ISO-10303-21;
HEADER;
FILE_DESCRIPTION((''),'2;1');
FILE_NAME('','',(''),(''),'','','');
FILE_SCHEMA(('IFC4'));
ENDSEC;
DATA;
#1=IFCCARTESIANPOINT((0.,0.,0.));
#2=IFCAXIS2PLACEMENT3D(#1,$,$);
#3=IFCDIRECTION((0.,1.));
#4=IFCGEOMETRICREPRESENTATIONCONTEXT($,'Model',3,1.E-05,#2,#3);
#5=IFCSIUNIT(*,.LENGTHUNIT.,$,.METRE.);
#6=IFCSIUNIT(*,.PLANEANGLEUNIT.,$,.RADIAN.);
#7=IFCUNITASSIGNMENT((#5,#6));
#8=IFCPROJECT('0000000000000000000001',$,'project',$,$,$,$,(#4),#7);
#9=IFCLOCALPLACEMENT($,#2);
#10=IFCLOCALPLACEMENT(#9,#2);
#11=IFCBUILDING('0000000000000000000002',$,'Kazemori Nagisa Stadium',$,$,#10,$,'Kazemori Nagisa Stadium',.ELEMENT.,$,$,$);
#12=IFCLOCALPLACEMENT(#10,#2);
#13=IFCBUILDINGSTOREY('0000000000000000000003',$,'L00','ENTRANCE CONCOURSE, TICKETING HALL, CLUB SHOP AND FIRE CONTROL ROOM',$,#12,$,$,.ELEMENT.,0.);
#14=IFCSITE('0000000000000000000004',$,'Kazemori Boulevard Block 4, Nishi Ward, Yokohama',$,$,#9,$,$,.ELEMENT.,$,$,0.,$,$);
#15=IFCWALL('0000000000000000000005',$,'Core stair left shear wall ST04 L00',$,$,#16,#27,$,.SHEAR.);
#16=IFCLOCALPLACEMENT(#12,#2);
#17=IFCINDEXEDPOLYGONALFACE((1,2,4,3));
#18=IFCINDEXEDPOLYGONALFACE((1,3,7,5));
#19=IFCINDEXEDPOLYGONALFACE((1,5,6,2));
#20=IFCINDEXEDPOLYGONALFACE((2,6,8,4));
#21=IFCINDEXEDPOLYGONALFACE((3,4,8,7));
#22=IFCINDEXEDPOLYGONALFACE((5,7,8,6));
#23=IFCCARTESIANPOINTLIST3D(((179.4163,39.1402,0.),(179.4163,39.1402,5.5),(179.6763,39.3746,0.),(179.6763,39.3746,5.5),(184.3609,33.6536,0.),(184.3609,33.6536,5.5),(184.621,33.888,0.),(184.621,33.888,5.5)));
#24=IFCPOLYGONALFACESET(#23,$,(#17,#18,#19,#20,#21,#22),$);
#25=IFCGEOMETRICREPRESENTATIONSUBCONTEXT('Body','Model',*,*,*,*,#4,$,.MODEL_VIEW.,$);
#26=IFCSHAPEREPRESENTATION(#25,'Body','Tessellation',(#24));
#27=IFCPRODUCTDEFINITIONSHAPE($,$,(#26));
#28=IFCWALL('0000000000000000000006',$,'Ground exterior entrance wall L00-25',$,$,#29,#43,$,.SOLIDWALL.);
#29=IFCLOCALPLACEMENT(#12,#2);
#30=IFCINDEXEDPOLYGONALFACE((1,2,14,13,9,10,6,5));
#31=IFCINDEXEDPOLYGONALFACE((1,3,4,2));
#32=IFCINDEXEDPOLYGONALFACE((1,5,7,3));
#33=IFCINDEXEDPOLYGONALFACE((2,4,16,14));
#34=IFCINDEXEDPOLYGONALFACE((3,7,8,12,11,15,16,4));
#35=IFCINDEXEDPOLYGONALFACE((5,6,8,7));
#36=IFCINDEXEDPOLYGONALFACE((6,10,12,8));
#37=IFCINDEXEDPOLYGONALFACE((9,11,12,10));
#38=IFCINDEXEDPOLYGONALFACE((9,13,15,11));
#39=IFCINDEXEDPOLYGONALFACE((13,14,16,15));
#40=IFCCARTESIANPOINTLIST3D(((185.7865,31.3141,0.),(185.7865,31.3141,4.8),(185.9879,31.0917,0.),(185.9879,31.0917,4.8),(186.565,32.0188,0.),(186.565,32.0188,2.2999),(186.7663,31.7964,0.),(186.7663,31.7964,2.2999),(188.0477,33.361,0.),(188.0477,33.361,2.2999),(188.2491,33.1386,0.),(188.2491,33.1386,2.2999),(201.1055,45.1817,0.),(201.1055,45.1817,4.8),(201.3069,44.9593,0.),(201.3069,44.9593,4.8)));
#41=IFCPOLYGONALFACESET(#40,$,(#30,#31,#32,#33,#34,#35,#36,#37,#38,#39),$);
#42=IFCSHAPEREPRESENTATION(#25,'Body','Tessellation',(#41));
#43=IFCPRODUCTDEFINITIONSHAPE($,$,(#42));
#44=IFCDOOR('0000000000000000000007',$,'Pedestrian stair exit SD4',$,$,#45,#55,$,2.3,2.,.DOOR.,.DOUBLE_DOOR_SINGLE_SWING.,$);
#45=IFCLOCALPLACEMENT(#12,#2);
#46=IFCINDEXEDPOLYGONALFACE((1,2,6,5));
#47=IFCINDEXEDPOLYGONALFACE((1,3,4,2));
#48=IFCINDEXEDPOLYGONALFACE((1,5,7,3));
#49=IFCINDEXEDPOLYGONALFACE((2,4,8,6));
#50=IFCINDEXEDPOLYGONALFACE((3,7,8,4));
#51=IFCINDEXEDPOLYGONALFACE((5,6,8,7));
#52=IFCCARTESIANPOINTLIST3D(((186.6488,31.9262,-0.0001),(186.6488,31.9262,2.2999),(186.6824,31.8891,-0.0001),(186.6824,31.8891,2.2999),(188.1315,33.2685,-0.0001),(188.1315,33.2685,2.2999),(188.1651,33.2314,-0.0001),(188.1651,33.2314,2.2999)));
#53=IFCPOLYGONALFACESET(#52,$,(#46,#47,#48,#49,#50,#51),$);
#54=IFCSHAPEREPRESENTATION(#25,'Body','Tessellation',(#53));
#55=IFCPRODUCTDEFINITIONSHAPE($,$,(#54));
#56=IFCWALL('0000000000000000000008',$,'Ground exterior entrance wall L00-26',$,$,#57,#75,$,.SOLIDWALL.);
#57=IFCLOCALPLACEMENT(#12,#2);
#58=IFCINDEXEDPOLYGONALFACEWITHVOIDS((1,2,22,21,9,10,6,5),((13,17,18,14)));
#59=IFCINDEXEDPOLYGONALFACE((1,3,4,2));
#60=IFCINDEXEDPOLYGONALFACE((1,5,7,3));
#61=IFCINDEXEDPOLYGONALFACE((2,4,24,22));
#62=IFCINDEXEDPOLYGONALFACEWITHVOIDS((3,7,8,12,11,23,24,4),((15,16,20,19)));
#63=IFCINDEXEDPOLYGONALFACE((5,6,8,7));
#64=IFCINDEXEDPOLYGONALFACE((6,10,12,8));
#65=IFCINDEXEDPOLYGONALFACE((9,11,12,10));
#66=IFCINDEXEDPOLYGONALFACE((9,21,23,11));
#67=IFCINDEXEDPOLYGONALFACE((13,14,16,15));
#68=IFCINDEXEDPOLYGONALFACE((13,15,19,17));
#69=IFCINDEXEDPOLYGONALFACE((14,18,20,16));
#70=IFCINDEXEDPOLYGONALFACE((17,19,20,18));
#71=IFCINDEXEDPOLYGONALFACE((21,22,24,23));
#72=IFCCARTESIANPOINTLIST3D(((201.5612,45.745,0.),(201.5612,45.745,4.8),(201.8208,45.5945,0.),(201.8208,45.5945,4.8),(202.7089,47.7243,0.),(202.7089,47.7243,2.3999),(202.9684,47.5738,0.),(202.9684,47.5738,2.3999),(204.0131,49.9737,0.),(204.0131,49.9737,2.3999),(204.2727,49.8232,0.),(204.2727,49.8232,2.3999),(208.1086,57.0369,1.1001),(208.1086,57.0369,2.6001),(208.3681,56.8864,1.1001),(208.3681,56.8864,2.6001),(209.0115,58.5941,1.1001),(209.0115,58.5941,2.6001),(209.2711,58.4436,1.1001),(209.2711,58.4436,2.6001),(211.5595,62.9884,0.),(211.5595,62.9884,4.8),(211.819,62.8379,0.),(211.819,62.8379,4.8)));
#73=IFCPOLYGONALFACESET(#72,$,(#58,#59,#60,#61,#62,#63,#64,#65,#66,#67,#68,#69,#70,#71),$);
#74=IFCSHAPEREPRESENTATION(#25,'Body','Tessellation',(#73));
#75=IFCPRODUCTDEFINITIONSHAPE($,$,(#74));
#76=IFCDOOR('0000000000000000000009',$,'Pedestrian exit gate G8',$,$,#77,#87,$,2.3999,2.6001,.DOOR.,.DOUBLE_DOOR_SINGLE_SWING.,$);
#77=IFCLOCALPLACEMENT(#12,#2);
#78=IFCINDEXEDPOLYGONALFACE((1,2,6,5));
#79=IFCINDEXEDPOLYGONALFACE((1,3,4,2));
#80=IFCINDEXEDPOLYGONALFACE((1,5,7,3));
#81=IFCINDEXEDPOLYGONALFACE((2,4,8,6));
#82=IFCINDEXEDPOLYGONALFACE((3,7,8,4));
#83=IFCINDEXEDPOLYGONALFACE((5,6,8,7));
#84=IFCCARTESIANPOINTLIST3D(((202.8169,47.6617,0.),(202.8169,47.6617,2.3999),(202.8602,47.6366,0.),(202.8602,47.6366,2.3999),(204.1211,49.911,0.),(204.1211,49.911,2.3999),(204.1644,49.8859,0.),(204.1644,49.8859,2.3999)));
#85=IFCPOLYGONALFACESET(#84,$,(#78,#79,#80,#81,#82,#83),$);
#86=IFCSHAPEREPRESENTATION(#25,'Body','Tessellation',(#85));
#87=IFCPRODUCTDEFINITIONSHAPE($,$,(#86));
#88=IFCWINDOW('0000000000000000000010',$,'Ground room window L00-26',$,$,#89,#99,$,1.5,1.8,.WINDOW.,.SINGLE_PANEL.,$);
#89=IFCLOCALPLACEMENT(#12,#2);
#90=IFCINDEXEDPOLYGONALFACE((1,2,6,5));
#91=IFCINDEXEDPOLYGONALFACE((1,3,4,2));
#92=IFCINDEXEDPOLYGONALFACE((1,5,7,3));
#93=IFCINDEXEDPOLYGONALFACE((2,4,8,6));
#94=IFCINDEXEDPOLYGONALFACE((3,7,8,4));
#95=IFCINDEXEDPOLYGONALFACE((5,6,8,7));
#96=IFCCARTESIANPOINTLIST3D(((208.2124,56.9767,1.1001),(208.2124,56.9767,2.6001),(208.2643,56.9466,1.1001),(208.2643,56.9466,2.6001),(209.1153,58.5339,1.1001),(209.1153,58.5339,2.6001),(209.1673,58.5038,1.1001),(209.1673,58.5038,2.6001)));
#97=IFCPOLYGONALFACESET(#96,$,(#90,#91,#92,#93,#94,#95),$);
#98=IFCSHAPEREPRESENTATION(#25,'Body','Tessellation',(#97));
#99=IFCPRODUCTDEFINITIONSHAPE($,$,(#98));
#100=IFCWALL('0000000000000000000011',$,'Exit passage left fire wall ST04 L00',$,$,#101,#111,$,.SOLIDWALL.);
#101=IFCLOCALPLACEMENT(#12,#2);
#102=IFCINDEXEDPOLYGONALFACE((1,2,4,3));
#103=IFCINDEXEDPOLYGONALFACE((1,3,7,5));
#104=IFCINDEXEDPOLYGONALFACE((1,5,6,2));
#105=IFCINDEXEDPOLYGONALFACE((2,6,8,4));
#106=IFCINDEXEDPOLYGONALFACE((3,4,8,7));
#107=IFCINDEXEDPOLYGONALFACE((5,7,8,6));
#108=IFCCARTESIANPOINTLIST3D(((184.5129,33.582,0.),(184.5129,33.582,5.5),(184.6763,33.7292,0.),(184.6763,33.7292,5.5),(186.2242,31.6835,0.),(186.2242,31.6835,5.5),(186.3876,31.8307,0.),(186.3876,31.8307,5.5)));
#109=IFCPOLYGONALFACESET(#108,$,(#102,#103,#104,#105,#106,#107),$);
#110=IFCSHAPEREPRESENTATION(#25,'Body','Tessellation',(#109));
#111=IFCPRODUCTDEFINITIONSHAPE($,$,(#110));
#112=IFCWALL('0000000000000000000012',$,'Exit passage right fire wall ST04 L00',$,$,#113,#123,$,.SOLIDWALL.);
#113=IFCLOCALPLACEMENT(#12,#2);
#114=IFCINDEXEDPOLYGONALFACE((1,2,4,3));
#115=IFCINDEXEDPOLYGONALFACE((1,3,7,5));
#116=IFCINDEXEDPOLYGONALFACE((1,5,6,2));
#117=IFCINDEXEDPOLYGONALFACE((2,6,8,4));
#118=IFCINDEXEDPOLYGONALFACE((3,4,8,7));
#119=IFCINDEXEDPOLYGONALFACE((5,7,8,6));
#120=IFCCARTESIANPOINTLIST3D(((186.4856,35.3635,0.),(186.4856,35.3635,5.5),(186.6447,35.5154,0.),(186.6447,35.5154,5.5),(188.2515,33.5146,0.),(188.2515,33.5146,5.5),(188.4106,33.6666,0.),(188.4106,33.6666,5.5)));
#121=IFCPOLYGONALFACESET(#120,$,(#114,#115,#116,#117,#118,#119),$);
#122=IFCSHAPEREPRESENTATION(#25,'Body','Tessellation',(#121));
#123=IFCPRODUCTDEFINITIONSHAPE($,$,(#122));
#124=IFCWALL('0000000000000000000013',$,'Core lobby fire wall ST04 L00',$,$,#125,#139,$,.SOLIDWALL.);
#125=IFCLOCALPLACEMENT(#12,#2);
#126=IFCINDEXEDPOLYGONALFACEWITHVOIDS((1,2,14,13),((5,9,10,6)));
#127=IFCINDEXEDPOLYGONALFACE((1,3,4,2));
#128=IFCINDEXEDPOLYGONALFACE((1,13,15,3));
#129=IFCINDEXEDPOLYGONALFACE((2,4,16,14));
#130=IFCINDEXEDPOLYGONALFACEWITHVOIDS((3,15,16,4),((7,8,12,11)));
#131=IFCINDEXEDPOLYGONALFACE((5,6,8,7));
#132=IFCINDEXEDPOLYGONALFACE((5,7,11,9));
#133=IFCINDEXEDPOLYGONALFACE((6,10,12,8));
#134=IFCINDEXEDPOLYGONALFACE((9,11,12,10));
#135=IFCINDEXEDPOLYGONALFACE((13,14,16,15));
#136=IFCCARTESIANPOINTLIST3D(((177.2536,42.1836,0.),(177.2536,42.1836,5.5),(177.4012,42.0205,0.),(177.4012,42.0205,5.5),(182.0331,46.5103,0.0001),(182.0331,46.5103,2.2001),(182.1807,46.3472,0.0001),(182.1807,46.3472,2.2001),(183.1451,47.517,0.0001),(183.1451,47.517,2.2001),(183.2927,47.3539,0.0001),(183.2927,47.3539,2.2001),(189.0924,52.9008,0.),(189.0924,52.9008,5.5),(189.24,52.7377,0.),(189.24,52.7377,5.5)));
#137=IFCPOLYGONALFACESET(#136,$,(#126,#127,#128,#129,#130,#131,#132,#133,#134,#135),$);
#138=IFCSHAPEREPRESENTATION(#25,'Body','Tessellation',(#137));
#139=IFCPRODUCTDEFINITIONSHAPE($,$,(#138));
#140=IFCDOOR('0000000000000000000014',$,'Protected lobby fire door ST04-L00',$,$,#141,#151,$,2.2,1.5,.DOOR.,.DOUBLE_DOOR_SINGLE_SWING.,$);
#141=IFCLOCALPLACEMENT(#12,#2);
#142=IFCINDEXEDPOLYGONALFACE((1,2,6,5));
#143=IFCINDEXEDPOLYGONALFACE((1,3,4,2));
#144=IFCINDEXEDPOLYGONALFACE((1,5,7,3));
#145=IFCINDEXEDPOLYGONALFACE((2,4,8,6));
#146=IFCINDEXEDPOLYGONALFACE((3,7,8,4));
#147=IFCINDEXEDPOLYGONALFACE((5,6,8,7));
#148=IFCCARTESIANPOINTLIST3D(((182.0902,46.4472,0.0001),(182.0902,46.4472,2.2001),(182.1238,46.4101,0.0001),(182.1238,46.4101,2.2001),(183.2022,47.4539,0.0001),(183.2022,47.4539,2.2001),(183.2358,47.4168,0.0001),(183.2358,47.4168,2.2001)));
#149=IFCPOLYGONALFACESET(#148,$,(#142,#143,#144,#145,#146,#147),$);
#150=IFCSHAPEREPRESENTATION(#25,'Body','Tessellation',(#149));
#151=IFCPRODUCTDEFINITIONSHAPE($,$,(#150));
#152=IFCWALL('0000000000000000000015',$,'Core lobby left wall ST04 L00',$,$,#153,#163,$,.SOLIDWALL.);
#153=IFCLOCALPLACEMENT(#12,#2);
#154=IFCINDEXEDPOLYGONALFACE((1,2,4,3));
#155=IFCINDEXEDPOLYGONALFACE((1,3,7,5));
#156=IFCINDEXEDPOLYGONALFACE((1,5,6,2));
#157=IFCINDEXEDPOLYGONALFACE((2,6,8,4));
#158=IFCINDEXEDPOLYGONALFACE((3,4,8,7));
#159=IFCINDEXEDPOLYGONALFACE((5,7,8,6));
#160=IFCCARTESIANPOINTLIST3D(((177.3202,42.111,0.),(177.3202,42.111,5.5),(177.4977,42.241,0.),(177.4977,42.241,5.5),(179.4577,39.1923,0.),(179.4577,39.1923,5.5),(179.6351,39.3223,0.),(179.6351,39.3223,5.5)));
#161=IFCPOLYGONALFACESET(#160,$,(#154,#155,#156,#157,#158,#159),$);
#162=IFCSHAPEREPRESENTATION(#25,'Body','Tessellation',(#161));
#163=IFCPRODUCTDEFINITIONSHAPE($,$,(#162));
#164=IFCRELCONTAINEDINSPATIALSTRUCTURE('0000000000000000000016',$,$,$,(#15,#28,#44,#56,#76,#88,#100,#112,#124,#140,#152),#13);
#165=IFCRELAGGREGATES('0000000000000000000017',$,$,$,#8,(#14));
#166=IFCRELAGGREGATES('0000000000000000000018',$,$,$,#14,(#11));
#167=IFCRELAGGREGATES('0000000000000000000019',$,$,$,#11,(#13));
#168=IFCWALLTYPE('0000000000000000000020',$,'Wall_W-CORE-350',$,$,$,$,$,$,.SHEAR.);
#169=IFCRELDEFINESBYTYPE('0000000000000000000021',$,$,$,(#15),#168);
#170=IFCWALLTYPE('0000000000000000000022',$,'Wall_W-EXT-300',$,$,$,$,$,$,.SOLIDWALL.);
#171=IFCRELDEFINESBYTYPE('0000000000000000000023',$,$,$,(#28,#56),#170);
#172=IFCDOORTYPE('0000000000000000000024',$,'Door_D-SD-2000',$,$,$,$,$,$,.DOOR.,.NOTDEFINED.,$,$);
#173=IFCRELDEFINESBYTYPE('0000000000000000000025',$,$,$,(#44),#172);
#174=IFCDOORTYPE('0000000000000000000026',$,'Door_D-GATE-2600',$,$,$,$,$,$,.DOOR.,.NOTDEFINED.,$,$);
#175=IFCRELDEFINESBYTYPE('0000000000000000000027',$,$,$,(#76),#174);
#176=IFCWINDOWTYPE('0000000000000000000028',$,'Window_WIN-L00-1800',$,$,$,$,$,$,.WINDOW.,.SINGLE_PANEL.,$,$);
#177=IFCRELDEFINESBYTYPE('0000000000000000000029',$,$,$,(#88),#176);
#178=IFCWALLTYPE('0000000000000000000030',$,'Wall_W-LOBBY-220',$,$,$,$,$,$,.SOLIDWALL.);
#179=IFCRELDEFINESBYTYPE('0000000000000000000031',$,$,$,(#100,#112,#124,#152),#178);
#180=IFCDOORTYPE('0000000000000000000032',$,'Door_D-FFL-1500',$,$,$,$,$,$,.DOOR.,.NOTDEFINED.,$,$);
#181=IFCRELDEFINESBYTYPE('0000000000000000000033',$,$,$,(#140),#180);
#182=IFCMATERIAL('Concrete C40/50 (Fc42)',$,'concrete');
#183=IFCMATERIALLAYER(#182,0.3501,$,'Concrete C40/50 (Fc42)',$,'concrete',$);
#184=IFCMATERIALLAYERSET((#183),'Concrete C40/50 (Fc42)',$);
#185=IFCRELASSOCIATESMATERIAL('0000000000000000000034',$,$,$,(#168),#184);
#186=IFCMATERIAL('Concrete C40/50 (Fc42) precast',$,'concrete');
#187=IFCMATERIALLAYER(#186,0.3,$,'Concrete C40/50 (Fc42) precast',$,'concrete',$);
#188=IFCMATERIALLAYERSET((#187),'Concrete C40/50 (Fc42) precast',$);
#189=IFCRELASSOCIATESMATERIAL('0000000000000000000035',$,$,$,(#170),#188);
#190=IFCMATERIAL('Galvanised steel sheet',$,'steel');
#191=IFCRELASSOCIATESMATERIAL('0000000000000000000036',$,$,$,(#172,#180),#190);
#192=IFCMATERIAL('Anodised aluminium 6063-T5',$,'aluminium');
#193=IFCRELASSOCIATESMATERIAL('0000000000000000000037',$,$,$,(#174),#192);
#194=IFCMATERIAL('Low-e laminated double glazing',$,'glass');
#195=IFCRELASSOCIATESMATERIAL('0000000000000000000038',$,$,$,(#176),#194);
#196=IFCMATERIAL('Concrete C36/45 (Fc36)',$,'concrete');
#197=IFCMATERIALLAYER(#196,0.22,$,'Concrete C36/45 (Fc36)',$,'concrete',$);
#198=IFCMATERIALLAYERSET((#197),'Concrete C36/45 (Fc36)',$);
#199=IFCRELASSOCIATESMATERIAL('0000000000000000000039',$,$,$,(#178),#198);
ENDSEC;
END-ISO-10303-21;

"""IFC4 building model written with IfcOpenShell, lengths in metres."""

from ifc_helpers import new_model, si_unit, direction, frame, frame_2d, origin, place, context, subcontext, project, spatial, rectangle, extrude, material, layer, layer_set, type_object, element, fill, save


model = new_model("IFC4")

# Units and contexts
model_context = context("Model", 3, precision=1e-05, world=origin(), true_north=direction((0.0, 1.0)))
body_context = subcontext(model_context, "Body", "Model", "MODEL_VIEW")
ifc_project = project(units=[si_unit("LENGTHUNIT", "METRE"), si_unit("PLANEANGLEUNIT", "RADIAN")], contexts=[model_context])

# Site, building, storey
site_placement = place(None, origin())
site = spatial("IfcSite", under=ifc_project, at=site_placement, Name="Kazemori Boulevard Block 4, Nishi Ward, Yokohama", CompositionType="ELEMENT", RefElevation=0.0)
building_placement = place(site_placement, origin())
building = spatial("IfcBuilding", under=site, at=building_placement, Name="Kazemori Nagisa Stadium", LongName="Kazemori Nagisa Stadium", CompositionType="ELEMENT")
storey_placement = place(building_placement, origin())
storey = spatial("IfcBuildingStorey", under=building, at=storey_placement, Name="L00", Description="ENTRANCE CONCOURSE, TICKETING HALL, CLUB SHOP AND FIRE CONTROL ROOM", CompositionType="ELEMENT", Elevation=0.0)

# Shared definitions
ifc_material_1 = material(Name="Concrete C40/50 (Fc42)", Category="concrete")

# Shared definitions
ifc_layer_1 = layer(ifc_material_1, 0.3501, Name="Concrete C40/50 (Fc42)", Category="concrete")
ifc_layer_set_1 = layer_set([ifc_layer_1], Name="Concrete C40/50 (Fc42)")
wall_type_1 = type_object("IfcWallType", Name="Wall_W-CORE-350", PredefinedType="SHEAR", material=ifc_layer_set_1)
ifc_material_2 = material(Name="Galvanised steel sheet", Category="steel")

# Wall
wall_1_placement = place(storey_placement, frame((179.5464, 39.2573, 0.0), z_axis=(0.0, 0.0, 1.0), x_axis=(0.669463, -0.742845, 0.0)))
element("IfcWall", 1, at=wall_1_placement, inside=storey, type_object=wall_type_1, Name="Core stair left shear wall ST04 L00", PredefinedType="SHEAR", context=body_context, shape_type="SweptSolid", body=[
    extrude(rectangle(XDim=7.386, YDim=0.3501, at=frame_2d((3.6929, 0.0))), origin(), (0.0, 0.0, 1.0), 5.5),
])

# Wall, opening, door
ifc_material_3 = material(Name="Concrete C40/50 (Fc42) precast", Category="concrete")
ifc_layer_2 = layer(ifc_material_3, 0.3, Name="Concrete C40/50 (Fc42) precast", Category="concrete")
ifc_layer_set_2 = layer_set([ifc_layer_2], Name="Concrete C40/50 (Fc42) precast")
wall_type_2 = type_object("IfcWallType", Name="Wall_W-EXT-300", PredefinedType="SOLIDWALL", material=ifc_layer_set_2)
wall_2_placement = place(storey_placement, frame((185.8872, 31.2029, 0.0), z_axis=(0.0, 0.0, 1.0), x_axis=(0.741354, 0.671114, 0.0)))
wall_2 = element("IfcWall", 2, at=wall_2_placement, inside=storey, type_object=wall_type_2, Name="Ground exterior entrance wall L00-25", PredefinedType="SOLIDWALL", context=body_context, shape_type="SweptSolid", body=[
    extrude(rectangle(XDim=20.6636, YDim=0.3, at=frame_2d((10.3318, 0.0))), origin(), (0.0, 0.0, 1.0), 4.8),
])
opening_1_placement = place(wall_2_placement, frame((1.05, 0.0, 0.0)))
opening_1 = element("IfcOpeningElement", 3, at=opening_1_placement, cuts=wall_2, PredefinedType="OPENING", context=body_context, shape_type="SweptSolid", body=[
    extrude(rectangle(XDim=2.0, YDim=2.3, at=frame_2d((1.0, 1.1499))), frame((0.0, 0.1599, 0.0), z_axis=(0.0, -1.0, 0.0), x_axis=(1.0, 0.0, 0.0)), (0.0, 0.0, 1.0), 0.3201),
])
door_type_1 = type_object("IfcDoorType", Name="Door_D-SD-2000", OperationType="NOTDEFINED", PredefinedType="DOOR", material=ifc_material_2)
door_1_placement = place(opening_1_placement, frame((2.0, 0.0, 0.0), z_axis=(0.0, 0.0, 1.0), x_axis=(-1.0, 0.0, 0.0)))
door_1 = element("IfcDoor", 4, at=door_1_placement, inside=storey, type_object=door_type_1, Name="Pedestrian stair exit SD4", OperationType="DOUBLE_DOOR_SINGLE_SWING", OverallHeight=2.3, OverallWidth=2.0, PredefinedType="DOOR", context=body_context, shape_type="SweptSolid", body=[
    extrude(rectangle(XDim=2.0, YDim=2.3, at=frame_2d((1.0, 1.1499))), frame((0.0, 0.0249, 0.0), z_axis=(0.0, -1.0, 0.0), x_axis=(1.0, 0.0, 0.0)), (0.0, 0.0, 1.0), 0.05),
])
fill(opening_1, door_1)

# Wall, openings, door, window
wall_3_placement = place(storey_placement, frame((201.6909, 45.6697, 0.0), z_axis=(0.0, 0.0, 1.0), x_axis=(0.50161, 0.865094, 0.0)))
wall_3 = element("IfcWall", 5, at=wall_3_placement, inside=storey, type_object=wall_type_2, Name="Ground exterior entrance wall L00-26", PredefinedType="SOLIDWALL", context=body_context, shape_type="SweptSolid", body=[
    extrude(rectangle(XDim=19.9324, YDim=0.3, at=frame_2d((9.9663, 0.0))), origin(), (0.0, 0.0, 1.0), 4.8),
])
opening_2_placement = place(wall_3_placement, frame((2.2881, 0.0, 0.0)))
opening_2 = element("IfcOpeningElement", 6, at=opening_2_placement, cuts=wall_3, PredefinedType="OPENING", context=body_context, shape_type="SweptSolid", body=[
    extrude(rectangle(XDim=2.6001, YDim=2.3999, at=frame_2d((1.3, 1.2))), frame((0.0, 0.1599, 0.0), z_axis=(0.0, -1.0, 0.0), x_axis=(1.0, 0.0, 0.0)), (0.0, 0.0, 1.0), 0.3201),
])
opening_3_placement = place(wall_3_placement, frame((13.053, 0.0, 1.1001)))
opening_3 = element("IfcOpeningElement", 7, at=opening_3_placement, cuts=wall_3, PredefinedType="OPENING", context=body_context, shape_type="SweptSolid", body=[
    extrude(rectangle(XDim=1.8, YDim=1.5, at=frame_2d((0.8999, 0.75))), frame((0.0, 0.1599, 0.0), z_axis=(0.0, -1.0, 0.0), x_axis=(1.0, 0.0, 0.0)), (0.0, 0.0, 1.0), 0.3201),
])
ifc_material_4 = material(Name="Anodised aluminium 6063-T5", Category="aluminium")
door_type_2 = type_object("IfcDoorType", Name="Door_D-GATE-2600", OperationType="NOTDEFINED", PredefinedType="DOOR", material=ifc_material_4)
door_2_placement = place(opening_2_placement, frame((2.6001, 0.0, 0.0), z_axis=(0.0, 0.0, 1.0), x_axis=(-1.0, 0.0, 0.0)))
door_2 = element("IfcDoor", 8, at=door_2_placement, inside=storey, type_object=door_type_2, Name="Pedestrian exit gate G8", OperationType="DOUBLE_DOOR_SINGLE_SWING", OverallHeight=2.3999, OverallWidth=2.6001, PredefinedType="DOOR", context=body_context, shape_type="SweptSolid", body=[
    extrude(rectangle(XDim=2.6001, YDim=2.3999, at=frame_2d((1.3, 1.2))), frame((0.0, 0.0249, 0.0), z_axis=(0.0, -1.0, 0.0), x_axis=(1.0, 0.0, 0.0)), (0.0, 0.0, 1.0), 0.05),
])
fill(opening_2, door_2)
ifc_material_5 = material(Name="Low-e laminated double glazing", Category="glass")
window_type = type_object("IfcWindowType", Name="Window_WIN-L00-1800", PartitioningType="SINGLE_PANEL", PredefinedType="WINDOW", material=ifc_material_5)
window_placement = place(opening_3_placement, origin())
window = element("IfcWindow", 9, at=window_placement, inside=storey, type_object=window_type, Name="Ground room window L00-26", OverallHeight=1.5, OverallWidth=1.8, PartitioningType="SINGLE_PANEL", PredefinedType="WINDOW", context=body_context, shape_type="SweptSolid", body=[
    extrude(rectangle(XDim=1.8, YDim=1.5, at=frame_2d((0.8999, 0.75))), frame((0.0, 0.03, 0.0), z_axis=(0.0, -1.0, 0.0), x_axis=(1.0, 0.0, 0.0)), (0.0, 0.0, 1.0), 0.0601),
])
fill(opening_3, window)

# Walls
ifc_material_6 = material(Name="Concrete C36/45 (Fc36)", Category="concrete")
ifc_layer_3 = layer(ifc_material_6, 0.22, Name="Concrete C36/45 (Fc36)", Category="concrete")
ifc_layer_set_3 = layer_set([ifc_layer_3], Name="Concrete C36/45 (Fc36)")
wall_type_3 = type_object("IfcWallType", Name="Wall_W-LOBBY-220", PredefinedType="SOLIDWALL", material=ifc_layer_set_3)
wall_4_placement = place(storey_placement, frame((184.5947, 33.6555, 0.0), z_axis=(0.0, 0.0, 1.0), x_axis=(0.669524, -0.74279, 0.0)))
element("IfcWall", 10, at=wall_4_placement, inside=storey, type_object=wall_type_3, Name="Exit passage left fire wall ST04 L00", PredefinedType="SOLIDWALL", context=body_context, shape_type="SweptSolid", body=[
    extrude(rectangle(XDim=2.5559, YDim=0.22, at=frame_2d((1.2778, 0.0))), origin(), (0.0, 0.0, 1.0), 5.5),
])
wall_5_placement = place(storey_placement, frame((186.5652, 35.4395, 0.0), z_axis=(0.0, 0.0, 1.0), x_axis=(0.690687, -0.723154, 0.0)))
element("IfcWall", 11, at=wall_5_placement, inside=storey, type_object=wall_type_3, Name="Exit passage right fire wall ST04 L00", PredefinedType="SOLIDWALL", context=body_context, shape_type="SweptSolid", body=[
    extrude(rectangle(XDim=2.5566, YDim=0.22, at=frame_2d((1.2783, 0.0))), origin(), (0.0, 0.0, 1.0), 5.5),
])

# Wall, opening, door
wall_6_placement = place(storey_placement, frame((177.3274, 42.1021, 0.0), z_axis=(0.0, 0.0, 1.0), x_axis=(0.741351, 0.671117, 0.0)))
wall_6 = element("IfcWall", 12, at=wall_6_placement, inside=storey, type_object=wall_type_3, Name="Core lobby fire wall ST04 L00", PredefinedType="SOLIDWALL", context=body_context, shape_type="SweptSolid", body=[
    extrude(rectangle(XDim=15.9692, YDim=0.22, at=frame_2d((7.9846, 0.0))), origin(), (0.0, 0.0, 1.0), 5.5),
])
opening_4_placement = place(wall_6_placement, frame((6.447, 0.0, 0.0)))
opening_4 = element("IfcOpeningElement", 13, at=opening_4_placement, cuts=wall_6, PredefinedType="OPENING", context=body_context, shape_type="SweptSolid", body=[
    extrude(rectangle(XDim=1.5, YDim=2.2, at=frame_2d((0.75, 1.1001))), frame((0.0, 0.1199, 0.0), z_axis=(0.0, -1.0, 0.0), x_axis=(1.0, 0.0, 0.0)), (0.0, 0.0, 1.0), 0.24),
])
door_type_3 = type_object("IfcDoorType", Name="Door_D-FFL-1500", OperationType="NOTDEFINED", PredefinedType="DOOR", material=ifc_material_2)
door_3_placement = place(opening_4_placement, origin())
door_3 = element("IfcDoor", 14, at=door_3_placement, inside=storey, type_object=door_type_3, Name="Protected lobby fire door ST04-L00", OperationType="DOUBLE_DOOR_SINGLE_SWING", OverallHeight=2.2, OverallWidth=1.5, PredefinedType="DOOR", context=body_context, shape_type="SweptSolid", body=[
    extrude(rectangle(XDim=1.5, YDim=2.2, at=frame_2d((0.75, 1.1001))), frame((0.0, 0.0249, 0.0), z_axis=(0.0, -1.0, 0.0), x_axis=(1.0, 0.0, 0.0)), (0.0, 0.0, 1.0), 0.05),
])
fill(opening_4, door_3)

# Wall
wall_7_placement = place(storey_placement, frame((177.4089, 42.176, 0.0), z_axis=(0.0, 0.0, 1.0), x_axis=(0.590837, -0.806791, 0.0)))
element("IfcWall", 15, at=wall_7_placement, inside=storey, type_object=wall_type_3, Name="Core lobby left wall ST04 L00", PredefinedType="SOLIDWALL", context=body_context, shape_type="SweptSolid", body=[
    extrude(rectangle(XDim=3.6177, YDim=0.22, at=frame_2d((1.8088, 0.0))), origin(), (0.0, 0.0, 1.0), 5.5),
])

save(model, "model.ifc")
